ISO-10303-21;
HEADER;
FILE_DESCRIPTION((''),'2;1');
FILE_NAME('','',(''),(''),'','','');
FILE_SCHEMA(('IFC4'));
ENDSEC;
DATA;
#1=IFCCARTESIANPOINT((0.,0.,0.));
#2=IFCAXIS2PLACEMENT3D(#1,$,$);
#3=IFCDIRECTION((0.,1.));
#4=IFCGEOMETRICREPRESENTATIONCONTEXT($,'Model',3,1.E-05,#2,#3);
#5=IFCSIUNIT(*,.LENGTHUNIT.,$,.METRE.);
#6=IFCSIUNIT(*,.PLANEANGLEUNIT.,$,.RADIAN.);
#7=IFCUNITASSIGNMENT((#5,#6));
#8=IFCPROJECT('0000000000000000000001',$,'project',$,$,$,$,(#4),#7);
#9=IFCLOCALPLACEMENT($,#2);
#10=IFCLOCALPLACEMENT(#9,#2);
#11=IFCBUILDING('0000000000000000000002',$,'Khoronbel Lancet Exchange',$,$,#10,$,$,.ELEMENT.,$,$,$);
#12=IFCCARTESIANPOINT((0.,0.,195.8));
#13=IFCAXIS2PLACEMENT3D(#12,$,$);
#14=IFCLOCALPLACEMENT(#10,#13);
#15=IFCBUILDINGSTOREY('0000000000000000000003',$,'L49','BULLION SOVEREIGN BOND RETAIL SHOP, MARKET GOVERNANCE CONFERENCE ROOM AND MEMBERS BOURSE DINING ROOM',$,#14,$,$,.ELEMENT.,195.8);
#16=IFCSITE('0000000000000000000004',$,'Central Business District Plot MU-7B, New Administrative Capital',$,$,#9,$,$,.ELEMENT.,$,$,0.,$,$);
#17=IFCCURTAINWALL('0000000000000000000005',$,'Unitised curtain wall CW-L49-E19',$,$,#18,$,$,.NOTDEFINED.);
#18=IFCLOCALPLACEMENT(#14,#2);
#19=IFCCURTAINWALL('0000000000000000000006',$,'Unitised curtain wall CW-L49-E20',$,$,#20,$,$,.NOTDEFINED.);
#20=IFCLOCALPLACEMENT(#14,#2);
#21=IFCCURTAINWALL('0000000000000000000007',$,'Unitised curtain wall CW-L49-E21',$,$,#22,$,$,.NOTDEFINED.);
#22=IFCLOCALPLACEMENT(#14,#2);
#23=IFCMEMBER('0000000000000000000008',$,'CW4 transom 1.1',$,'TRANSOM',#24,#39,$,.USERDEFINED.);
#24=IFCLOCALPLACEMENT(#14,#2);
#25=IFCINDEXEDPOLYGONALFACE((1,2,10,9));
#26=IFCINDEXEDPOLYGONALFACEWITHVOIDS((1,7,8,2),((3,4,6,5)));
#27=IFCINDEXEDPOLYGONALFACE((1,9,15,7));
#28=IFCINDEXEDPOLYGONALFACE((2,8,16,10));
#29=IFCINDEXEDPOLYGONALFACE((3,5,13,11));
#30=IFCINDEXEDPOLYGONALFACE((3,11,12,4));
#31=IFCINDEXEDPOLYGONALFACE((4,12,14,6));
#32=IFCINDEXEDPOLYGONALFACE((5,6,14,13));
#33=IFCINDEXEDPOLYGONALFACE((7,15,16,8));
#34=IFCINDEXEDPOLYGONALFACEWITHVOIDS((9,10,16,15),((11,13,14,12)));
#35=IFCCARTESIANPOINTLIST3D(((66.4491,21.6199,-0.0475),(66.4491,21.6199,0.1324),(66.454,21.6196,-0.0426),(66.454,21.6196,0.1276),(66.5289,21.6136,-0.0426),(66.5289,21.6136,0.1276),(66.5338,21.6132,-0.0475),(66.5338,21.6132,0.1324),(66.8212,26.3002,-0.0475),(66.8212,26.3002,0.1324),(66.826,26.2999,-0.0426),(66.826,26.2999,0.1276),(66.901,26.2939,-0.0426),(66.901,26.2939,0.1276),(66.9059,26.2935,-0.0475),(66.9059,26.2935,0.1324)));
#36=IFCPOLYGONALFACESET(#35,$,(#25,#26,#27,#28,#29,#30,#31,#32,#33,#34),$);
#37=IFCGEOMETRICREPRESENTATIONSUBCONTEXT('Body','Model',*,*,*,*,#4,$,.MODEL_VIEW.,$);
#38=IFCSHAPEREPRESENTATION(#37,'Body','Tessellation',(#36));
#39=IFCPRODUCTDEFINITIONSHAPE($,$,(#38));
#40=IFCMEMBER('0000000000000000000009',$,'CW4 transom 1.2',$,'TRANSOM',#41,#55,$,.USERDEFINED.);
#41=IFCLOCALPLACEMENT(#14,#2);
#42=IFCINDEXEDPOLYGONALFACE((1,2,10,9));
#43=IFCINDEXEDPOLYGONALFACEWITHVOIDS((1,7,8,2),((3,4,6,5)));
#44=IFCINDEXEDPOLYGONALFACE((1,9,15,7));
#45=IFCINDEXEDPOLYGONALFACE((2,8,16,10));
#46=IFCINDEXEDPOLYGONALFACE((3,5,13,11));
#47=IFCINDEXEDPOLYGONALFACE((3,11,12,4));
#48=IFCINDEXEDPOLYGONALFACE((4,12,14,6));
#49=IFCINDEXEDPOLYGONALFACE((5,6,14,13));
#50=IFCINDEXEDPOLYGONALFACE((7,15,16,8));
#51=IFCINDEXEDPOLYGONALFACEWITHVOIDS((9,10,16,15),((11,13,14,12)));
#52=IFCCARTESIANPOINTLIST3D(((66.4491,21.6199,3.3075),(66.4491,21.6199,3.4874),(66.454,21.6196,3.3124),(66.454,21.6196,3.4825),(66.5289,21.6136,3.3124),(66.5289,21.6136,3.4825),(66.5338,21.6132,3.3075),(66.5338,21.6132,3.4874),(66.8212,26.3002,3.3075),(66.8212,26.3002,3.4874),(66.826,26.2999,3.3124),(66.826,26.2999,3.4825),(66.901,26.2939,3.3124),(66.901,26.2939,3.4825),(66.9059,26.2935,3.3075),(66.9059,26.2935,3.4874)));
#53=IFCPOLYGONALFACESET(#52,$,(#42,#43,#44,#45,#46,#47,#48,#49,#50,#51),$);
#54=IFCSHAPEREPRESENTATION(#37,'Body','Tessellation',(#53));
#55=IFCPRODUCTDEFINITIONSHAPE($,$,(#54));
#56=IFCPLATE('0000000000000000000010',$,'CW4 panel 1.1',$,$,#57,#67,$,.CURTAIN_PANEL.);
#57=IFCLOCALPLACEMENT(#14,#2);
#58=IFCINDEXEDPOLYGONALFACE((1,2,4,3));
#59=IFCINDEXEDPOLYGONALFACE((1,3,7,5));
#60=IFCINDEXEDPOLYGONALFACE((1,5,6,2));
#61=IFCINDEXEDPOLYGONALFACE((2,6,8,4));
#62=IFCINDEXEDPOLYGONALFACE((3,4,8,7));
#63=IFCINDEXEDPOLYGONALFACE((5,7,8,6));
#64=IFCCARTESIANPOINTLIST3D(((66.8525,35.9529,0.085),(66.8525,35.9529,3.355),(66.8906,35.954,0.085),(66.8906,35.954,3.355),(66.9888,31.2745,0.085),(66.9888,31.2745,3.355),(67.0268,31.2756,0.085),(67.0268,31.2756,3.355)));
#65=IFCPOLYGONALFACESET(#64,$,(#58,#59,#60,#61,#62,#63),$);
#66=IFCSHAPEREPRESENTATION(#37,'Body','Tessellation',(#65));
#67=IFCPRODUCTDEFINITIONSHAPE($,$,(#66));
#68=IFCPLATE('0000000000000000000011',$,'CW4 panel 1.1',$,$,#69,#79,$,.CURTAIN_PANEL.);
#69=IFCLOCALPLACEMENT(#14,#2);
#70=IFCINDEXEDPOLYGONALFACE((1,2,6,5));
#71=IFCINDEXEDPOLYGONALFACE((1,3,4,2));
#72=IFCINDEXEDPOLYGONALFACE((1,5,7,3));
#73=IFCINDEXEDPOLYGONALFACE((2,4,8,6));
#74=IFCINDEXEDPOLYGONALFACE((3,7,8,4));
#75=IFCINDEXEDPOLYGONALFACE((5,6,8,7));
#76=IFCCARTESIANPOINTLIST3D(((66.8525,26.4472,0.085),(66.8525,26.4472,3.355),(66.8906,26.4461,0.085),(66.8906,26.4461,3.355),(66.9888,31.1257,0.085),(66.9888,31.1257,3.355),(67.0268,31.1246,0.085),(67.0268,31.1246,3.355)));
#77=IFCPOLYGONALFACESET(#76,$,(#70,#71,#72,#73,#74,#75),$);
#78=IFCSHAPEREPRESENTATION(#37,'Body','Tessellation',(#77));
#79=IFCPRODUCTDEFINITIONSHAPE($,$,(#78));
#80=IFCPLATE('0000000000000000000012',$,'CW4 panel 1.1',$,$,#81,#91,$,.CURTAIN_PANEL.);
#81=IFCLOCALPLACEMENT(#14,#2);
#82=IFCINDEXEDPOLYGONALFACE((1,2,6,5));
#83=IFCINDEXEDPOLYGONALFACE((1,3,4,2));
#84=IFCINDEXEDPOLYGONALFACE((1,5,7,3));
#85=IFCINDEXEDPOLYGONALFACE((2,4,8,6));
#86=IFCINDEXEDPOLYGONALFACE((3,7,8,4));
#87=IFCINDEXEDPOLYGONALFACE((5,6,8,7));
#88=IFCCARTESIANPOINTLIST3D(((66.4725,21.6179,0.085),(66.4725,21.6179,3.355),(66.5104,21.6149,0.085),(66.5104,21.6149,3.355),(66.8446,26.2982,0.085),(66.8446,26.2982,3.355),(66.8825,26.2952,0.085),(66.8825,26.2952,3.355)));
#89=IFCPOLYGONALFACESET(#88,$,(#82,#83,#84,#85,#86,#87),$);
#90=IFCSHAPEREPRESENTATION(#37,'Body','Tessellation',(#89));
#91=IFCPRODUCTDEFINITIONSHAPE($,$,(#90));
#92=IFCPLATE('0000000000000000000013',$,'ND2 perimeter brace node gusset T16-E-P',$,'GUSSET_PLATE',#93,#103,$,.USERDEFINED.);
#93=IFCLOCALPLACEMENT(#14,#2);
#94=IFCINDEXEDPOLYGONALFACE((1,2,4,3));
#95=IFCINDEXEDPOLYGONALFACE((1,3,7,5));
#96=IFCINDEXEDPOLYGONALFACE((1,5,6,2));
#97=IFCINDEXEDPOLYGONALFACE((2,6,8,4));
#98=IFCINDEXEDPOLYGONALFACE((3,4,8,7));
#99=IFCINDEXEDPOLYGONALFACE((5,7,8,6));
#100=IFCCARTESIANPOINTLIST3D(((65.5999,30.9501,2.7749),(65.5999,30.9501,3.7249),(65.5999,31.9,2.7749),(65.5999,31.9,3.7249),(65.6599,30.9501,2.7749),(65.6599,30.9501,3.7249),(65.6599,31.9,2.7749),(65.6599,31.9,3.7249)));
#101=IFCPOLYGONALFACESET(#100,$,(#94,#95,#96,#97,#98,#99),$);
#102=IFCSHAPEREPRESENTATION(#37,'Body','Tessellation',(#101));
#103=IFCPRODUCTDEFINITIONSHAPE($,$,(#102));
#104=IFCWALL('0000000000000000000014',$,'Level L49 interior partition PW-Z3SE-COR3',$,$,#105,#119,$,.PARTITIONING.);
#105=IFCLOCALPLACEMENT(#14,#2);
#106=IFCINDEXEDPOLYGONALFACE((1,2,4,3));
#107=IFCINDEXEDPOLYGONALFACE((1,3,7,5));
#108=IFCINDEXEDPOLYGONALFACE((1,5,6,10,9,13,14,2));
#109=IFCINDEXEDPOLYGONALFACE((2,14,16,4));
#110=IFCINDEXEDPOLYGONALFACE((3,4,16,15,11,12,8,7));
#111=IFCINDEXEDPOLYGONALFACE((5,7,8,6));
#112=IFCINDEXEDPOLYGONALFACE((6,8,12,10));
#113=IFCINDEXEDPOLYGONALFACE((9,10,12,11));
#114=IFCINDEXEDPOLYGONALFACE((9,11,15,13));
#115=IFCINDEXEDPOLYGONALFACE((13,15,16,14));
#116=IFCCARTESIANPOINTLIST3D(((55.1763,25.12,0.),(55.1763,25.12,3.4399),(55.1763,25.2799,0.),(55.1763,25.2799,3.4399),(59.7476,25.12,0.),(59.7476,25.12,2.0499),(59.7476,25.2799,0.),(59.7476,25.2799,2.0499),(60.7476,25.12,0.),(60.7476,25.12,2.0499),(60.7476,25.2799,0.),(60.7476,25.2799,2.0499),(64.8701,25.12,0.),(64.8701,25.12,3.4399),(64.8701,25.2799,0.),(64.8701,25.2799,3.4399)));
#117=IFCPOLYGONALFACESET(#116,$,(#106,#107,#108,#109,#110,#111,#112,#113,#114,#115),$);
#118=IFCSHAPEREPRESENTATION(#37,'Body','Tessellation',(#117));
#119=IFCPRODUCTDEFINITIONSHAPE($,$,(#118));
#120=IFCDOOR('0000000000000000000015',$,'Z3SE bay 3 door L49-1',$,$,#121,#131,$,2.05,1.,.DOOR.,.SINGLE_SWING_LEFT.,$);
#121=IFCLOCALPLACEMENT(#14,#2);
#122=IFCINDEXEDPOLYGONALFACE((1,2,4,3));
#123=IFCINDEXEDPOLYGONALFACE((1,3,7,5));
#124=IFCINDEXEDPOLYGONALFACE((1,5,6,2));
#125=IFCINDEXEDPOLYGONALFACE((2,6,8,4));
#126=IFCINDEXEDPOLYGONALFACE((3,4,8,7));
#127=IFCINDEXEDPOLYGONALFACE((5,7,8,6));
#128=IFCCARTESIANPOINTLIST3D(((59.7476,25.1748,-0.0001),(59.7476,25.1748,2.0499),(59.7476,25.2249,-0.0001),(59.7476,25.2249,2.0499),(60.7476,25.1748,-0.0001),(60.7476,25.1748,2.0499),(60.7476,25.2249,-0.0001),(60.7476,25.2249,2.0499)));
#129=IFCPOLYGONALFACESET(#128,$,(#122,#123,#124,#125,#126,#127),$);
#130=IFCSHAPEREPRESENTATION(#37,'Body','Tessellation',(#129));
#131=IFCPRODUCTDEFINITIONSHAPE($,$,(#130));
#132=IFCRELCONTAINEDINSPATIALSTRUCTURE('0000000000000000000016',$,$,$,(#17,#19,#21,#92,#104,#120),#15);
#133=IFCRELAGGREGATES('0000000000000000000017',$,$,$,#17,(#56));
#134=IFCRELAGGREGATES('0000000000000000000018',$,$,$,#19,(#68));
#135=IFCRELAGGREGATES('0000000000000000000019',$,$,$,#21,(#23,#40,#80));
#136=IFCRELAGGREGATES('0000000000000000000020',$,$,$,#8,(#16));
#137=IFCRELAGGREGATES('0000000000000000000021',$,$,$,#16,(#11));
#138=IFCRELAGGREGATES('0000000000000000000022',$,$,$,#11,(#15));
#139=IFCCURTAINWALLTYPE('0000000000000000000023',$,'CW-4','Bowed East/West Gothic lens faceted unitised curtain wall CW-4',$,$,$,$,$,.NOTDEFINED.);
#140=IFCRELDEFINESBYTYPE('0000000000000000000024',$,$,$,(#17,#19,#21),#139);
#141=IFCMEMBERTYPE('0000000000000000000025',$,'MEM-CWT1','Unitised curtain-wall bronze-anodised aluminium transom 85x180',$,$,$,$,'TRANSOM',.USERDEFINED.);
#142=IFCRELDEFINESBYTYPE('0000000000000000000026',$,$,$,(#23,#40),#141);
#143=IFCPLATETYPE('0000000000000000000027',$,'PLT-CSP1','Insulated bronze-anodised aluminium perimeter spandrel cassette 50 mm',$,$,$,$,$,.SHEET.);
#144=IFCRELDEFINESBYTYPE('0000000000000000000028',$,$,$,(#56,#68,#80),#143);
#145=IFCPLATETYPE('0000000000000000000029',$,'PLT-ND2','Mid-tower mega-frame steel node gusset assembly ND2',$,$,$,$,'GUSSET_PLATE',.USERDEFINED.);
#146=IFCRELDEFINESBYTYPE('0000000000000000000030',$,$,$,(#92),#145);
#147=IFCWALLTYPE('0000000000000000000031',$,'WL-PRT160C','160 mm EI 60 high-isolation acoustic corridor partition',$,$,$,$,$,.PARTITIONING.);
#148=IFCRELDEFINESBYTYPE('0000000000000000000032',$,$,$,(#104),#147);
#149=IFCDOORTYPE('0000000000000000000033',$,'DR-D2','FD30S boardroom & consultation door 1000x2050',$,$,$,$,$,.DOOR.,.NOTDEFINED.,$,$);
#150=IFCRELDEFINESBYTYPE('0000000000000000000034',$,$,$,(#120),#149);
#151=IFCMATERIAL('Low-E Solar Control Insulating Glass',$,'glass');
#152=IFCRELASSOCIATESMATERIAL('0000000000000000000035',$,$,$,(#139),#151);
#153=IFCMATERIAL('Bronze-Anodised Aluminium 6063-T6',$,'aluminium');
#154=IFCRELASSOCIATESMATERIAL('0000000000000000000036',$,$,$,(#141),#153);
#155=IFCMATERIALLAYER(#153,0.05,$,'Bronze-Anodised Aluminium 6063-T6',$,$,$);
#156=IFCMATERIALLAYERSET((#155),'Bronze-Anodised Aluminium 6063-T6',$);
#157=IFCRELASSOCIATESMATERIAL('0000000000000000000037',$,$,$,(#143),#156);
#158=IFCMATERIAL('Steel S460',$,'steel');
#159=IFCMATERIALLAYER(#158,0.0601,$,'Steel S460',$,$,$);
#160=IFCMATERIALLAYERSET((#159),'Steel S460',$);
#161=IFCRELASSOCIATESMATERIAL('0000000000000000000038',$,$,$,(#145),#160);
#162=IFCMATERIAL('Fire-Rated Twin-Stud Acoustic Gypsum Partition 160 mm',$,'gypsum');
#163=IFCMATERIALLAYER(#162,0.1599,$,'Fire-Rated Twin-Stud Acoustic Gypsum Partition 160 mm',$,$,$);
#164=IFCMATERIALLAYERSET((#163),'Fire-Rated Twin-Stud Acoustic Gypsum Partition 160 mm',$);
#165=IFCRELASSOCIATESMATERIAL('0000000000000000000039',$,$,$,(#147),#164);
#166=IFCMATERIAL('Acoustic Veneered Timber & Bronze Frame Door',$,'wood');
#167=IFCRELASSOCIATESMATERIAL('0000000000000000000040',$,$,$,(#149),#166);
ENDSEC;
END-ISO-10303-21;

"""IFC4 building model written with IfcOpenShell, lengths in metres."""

from ifc_helpers import new_model, si_unit, direction, frame, frame_2d, origin, origin_2d, place, context, subcontext, project, spatial, rectangle, hollow_rectangle, extrude, material, layer, layer_set, material_profile, profile_set, type_object, element, fill, aggregate, save


model = new_model("IFC4")

# Units and contexts
model_context = context("Model", 3, precision=1e-05, world=origin(), true_north=direction((0.0, 1.0)))
body_context = subcontext(model_context, "Body", "Model", "MODEL_VIEW")
ifc_project = project(units=[si_unit("LENGTHUNIT", "METRE"), si_unit("PLANEANGLEUNIT", "RADIAN")], contexts=[model_context])

# Site, building, storey
site_placement = place(None, origin())
site = spatial("IfcSite", under=ifc_project, at=site_placement, Name="Central Business District Plot MU-7B, New Administrative Capital", CompositionType="ELEMENT", RefElevation=0.0)
building_placement = place(site_placement, origin())
building = spatial("IfcBuilding", under=site, at=building_placement, Name="Khoronbel Lancet Exchange", CompositionType="ELEMENT")
storey_placement = place(building_placement, frame((0.0, 0.0, 195.8)))
storey = spatial("IfcBuildingStorey", under=building, at=storey_placement, Name="L49", Description="BULLION SOVEREIGN BOND RETAIL SHOP, MARKET GOVERNANCE CONFERENCE ROOM AND MEMBERS BOURSE DINING ROOM", CompositionType="ELEMENT", Elevation=195.8)

# Curtain wall
ifc_material_1 = material(Name="Low-E Solar Control Insulating Glass", Category="glass")
curtain_wall_type = type_object("IfcCurtainWallType", Name="CW-4", Description="Bowed East/West Gothic lens faceted unitised curtain wall CW-4", PredefinedType="NOTDEFINED", material=ifc_material_1)
curtain_wall_1_placement = place(storey_placement, origin())
curtain_wall_1 = element("IfcCurtainWall", 1, at=curtain_wall_1_placement, inside=storey, type_object=curtain_wall_type, Name="Unitised curtain wall CW-L49-E19", PredefinedType="NOTDEFINED")
ifc_material_2 = material(Name="Bronze-Anodised Aluminium 6063-T6", Category="aluminium")

# Curtain walls
curtain_wall_2_placement = place(storey_placement, origin())
curtain_wall_2 = element("IfcCurtainWall", 2, at=curtain_wall_2_placement, inside=storey, type_object=curtain_wall_type, Name="Unitised curtain wall CW-L49-E20", PredefinedType="NOTDEFINED")
curtain_wall_3_placement = place(storey_placement, origin())
curtain_wall_3 = element("IfcCurtainWall", 3, at=curtain_wall_3_placement, inside=storey, type_object=curtain_wall_type, Name="Unitised curtain wall CW-L49-E21", PredefinedType="NOTDEFINED")

# Members
ifc_material_profile_1 = material_profile(ifc_material_2, hollow_rectangle(XDim=0.085, YDim=0.1799, WallThickness=0.0049, at=origin_2d()), Name="ALU TRANSOM 85x180")
ifc_profile_set_1 = profile_set([ifc_material_profile_1], Name="Bronze-Anodised Aluminium 6063-T6")
member_type_1 = type_object("IfcMemberType", Name="MEM-CWT1", Description="Unitised curtain-wall bronze-anodised aluminium transom 85x180", ElementType="TRANSOM", PredefinedType="USERDEFINED", material=ifc_profile_set_1)
member_1_placement = place(storey_placement, frame((66.8635, 26.2969, 0.0425), z_axis=(-0.079245, -0.996855, 0.0), x_axis=(0.996855, -0.079245, 0.0)))
member_1 = element("IfcMember", 4, at=member_1_placement, type_object=member_type_1, Name="CW4 transom 1.1", ObjectType="TRANSOM", PredefinedType="USERDEFINED", context=body_context, shape_type="SweptSolid", body=[
    extrude(hollow_rectangle(XDim=0.085, YDim=0.1799, WallThickness=0.0049, at=origin_2d()), origin(), (0.0, 0.0, 1.0), 4.6951),
])
member_2_placement = place(storey_placement, frame((66.8635, 26.2969, 3.3975), z_axis=(-0.079245, -0.996855, 0.0), x_axis=(0.996855, -0.079245, 0.0)))
member_2 = element("IfcMember", 5, at=member_2_placement, type_object=member_type_1, Name="CW4 transom 1.2", ObjectType="TRANSOM", PredefinedType="USERDEFINED", context=body_context, shape_type="SweptSolid", body=[
    extrude(hollow_rectangle(XDim=0.085, YDim=0.1799, WallThickness=0.0049, at=origin_2d()), origin(), (0.0, 0.0, 1.0), 4.6951),
])

# Plates
ifc_layer_1 = layer(ifc_material_2, 0.05, Name="Bronze-Anodised Aluminium 6063-T6")
ifc_layer_set_1 = layer_set([ifc_layer_1], Name="Bronze-Anodised Aluminium 6063-T6")
plate_type_1 = type_object("IfcPlateType", Name="PLT-CSP1", Description="Insulated bronze-anodised aluminium perimeter spandrel cassette 50 mm", PredefinedType="SHEET", material=ifc_layer_set_1)
plate_1_placement = place(storey_placement, frame((66.9397, 33.6143, 0.085), z_axis=(0.0, 0.0, 1.0), x_axis=(0.029107, -0.999576, 0.0)))
plate_1 = element("IfcPlate", 6, at=plate_1_placement, type_object=plate_type_1, Name="CW4 panel 1.1", PredefinedType="CURTAIN_PANEL", context=body_context, shape_type="SweptSolid", body=[
    extrude(rectangle(XDim=4.6804, YDim=0.0381, at=origin_2d()), origin(), (0.0, 0.0, 1.0), 3.27),
])
aggregate(curtain_wall_1, [plate_1])
plate_2_placement = place(storey_placement, frame((66.9397, 28.7859, 0.085), z_axis=(0.0, 0.0, 1.0), x_axis=(-0.029107, -0.999576, 0.0)))
plate_2 = element("IfcPlate", 7, at=plate_2_placement, type_object=plate_type_1, Name="CW4 panel 1.1", PredefinedType="CURTAIN_PANEL", context=body_context, shape_type="SweptSolid", body=[
    extrude(rectangle(XDim=4.6804, YDim=0.0381, at=origin_2d()), origin(), (0.0, 0.0, 1.0), 3.27),
])
aggregate(curtain_wall_2, [plate_2])
plate_3_placement = place(storey_placement, frame((66.6775, 23.9565, 0.085), z_axis=(0.0, 0.0, 1.0), x_axis=(-0.079255, -0.996854, 0.0)))
plate_3 = element("IfcPlate", 8, at=plate_3_placement, type_object=plate_type_1, Name="CW4 panel 1.1", PredefinedType="CURTAIN_PANEL", context=body_context, shape_type="SweptSolid", body=[
    extrude(rectangle(XDim=4.6951, YDim=0.0381, at=origin_2d()), origin(), (0.0, 0.0, 1.0), 3.27),
])
aggregate(curtain_wall_3, [member_1, member_2, plate_3])
ifc_material_3 = material(Name="Steel S460", Category="steel")
ifc_layer_2 = layer(ifc_material_3, 0.0601, Name="Steel S460")
ifc_layer_set_2 = layer_set([ifc_layer_2], Name="Steel S460")
plate_type_2 = type_object("IfcPlateType", Name="PLT-ND2", Description="Mid-tower mega-frame steel node gusset assembly ND2", ElementType="GUSSET_PLATE", PredefinedType="USERDEFINED", material=ifc_layer_set_2)
plate_4_placement = place(storey_placement, frame((65.6299, 31.425, 2.7749), z_axis=(0.0, 0.0, 1.0), x_axis=(0.0, 1.0, 0.0)))
element("IfcPlate", 9, at=plate_4_placement, inside=storey, type_object=plate_type_2, Name="ND2 perimeter brace node gusset T16-E-P", ObjectType="GUSSET_PLATE", PredefinedType="USERDEFINED", context=body_context, shape_type="SweptSolid", body=[
    extrude(rectangle(XDim=0.95, YDim=0.0601, at=origin_2d()), origin(), (0.0, 0.0, 1.0), 0.95),
])

# Wall, opening, door
ifc_material_4 = material(Name="Fire-Rated Twin-Stud Acoustic Gypsum Partition 160 mm", Category="gypsum")
ifc_layer_3 = layer(ifc_material_4, 0.1599, Name="Fire-Rated Twin-Stud Acoustic Gypsum Partition 160 mm")
ifc_layer_set_3 = layer_set([ifc_layer_3], Name="Fire-Rated Twin-Stud Acoustic Gypsum Partition 160 mm")
wall_type = type_object("IfcWallType", Name="WL-PRT160C", Description="160 mm EI 60 high-isolation acoustic corridor partition", PredefinedType="PARTITIONING", material=ifc_layer_set_3)
wall_placement = place(storey_placement, frame((55.1763, 25.2, 0.0), z_axis=(0.0, 0.0, 1.0), x_axis=(1.0, 0.0, 0.0)))
wall = element("IfcWall", 10, at=wall_placement, inside=storey, type_object=wall_type, Name="Level L49 interior partition PW-Z3SE-COR3", PredefinedType="PARTITIONING", context=body_context, shape_type="SweptSolid", body=[
    extrude(rectangle(XDim=9.6938, YDim=0.1599, at=frame_2d((4.8469, 0.0))), origin(), (0.0, 0.0, 1.0), 3.4399),
])
opening_placement = place(wall_placement, frame((4.5713, 0.0, 0.0)))
opening = element("IfcOpeningElement", 11, at=opening_placement, cuts=wall, PredefinedType="OPENING", context=body_context, shape_type="SweptSolid", body=[
    extrude(rectangle(XDim=1.0, YDim=2.05, at=frame_2d((0.5, 1.0249))), frame((0.0, 0.0898, 0.0), z_axis=(0.0, -1.0, 0.0), x_axis=(1.0, 0.0, 0.0)), (0.0, 0.0, 1.0), 0.1799),
])
ifc_material_5 = material(Name="Acoustic Veneered Timber & Bronze Frame Door", Category="wood")
door_type = type_object("IfcDoorType", Name="DR-D2", Description="FD30S boardroom & consultation door 1000x2050", OperationType="NOTDEFINED", PredefinedType="DOOR", material=ifc_material_5)
door_placement = place(opening_placement, origin())
door = element("IfcDoor", 12, at=door_placement, inside=storey, type_object=door_type, Name="Z3SE bay 3 door L49-1", OperationType="SINGLE_SWING_LEFT", OverallHeight=2.05, OverallWidth=1.0, PredefinedType="DOOR", context=body_context, shape_type="SweptSolid", body=[
    extrude(rectangle(XDim=1.0, YDim=2.05, at=frame_2d((0.5, 1.0249))), frame((0.0, 0.0249, 0.0), z_axis=(0.0, -1.0, 0.0), x_axis=(1.0, 0.0, 0.0)), (0.0, 0.0, 1.0), 0.05),
])
fill(opening, door)

save(model, "model.ifc")
